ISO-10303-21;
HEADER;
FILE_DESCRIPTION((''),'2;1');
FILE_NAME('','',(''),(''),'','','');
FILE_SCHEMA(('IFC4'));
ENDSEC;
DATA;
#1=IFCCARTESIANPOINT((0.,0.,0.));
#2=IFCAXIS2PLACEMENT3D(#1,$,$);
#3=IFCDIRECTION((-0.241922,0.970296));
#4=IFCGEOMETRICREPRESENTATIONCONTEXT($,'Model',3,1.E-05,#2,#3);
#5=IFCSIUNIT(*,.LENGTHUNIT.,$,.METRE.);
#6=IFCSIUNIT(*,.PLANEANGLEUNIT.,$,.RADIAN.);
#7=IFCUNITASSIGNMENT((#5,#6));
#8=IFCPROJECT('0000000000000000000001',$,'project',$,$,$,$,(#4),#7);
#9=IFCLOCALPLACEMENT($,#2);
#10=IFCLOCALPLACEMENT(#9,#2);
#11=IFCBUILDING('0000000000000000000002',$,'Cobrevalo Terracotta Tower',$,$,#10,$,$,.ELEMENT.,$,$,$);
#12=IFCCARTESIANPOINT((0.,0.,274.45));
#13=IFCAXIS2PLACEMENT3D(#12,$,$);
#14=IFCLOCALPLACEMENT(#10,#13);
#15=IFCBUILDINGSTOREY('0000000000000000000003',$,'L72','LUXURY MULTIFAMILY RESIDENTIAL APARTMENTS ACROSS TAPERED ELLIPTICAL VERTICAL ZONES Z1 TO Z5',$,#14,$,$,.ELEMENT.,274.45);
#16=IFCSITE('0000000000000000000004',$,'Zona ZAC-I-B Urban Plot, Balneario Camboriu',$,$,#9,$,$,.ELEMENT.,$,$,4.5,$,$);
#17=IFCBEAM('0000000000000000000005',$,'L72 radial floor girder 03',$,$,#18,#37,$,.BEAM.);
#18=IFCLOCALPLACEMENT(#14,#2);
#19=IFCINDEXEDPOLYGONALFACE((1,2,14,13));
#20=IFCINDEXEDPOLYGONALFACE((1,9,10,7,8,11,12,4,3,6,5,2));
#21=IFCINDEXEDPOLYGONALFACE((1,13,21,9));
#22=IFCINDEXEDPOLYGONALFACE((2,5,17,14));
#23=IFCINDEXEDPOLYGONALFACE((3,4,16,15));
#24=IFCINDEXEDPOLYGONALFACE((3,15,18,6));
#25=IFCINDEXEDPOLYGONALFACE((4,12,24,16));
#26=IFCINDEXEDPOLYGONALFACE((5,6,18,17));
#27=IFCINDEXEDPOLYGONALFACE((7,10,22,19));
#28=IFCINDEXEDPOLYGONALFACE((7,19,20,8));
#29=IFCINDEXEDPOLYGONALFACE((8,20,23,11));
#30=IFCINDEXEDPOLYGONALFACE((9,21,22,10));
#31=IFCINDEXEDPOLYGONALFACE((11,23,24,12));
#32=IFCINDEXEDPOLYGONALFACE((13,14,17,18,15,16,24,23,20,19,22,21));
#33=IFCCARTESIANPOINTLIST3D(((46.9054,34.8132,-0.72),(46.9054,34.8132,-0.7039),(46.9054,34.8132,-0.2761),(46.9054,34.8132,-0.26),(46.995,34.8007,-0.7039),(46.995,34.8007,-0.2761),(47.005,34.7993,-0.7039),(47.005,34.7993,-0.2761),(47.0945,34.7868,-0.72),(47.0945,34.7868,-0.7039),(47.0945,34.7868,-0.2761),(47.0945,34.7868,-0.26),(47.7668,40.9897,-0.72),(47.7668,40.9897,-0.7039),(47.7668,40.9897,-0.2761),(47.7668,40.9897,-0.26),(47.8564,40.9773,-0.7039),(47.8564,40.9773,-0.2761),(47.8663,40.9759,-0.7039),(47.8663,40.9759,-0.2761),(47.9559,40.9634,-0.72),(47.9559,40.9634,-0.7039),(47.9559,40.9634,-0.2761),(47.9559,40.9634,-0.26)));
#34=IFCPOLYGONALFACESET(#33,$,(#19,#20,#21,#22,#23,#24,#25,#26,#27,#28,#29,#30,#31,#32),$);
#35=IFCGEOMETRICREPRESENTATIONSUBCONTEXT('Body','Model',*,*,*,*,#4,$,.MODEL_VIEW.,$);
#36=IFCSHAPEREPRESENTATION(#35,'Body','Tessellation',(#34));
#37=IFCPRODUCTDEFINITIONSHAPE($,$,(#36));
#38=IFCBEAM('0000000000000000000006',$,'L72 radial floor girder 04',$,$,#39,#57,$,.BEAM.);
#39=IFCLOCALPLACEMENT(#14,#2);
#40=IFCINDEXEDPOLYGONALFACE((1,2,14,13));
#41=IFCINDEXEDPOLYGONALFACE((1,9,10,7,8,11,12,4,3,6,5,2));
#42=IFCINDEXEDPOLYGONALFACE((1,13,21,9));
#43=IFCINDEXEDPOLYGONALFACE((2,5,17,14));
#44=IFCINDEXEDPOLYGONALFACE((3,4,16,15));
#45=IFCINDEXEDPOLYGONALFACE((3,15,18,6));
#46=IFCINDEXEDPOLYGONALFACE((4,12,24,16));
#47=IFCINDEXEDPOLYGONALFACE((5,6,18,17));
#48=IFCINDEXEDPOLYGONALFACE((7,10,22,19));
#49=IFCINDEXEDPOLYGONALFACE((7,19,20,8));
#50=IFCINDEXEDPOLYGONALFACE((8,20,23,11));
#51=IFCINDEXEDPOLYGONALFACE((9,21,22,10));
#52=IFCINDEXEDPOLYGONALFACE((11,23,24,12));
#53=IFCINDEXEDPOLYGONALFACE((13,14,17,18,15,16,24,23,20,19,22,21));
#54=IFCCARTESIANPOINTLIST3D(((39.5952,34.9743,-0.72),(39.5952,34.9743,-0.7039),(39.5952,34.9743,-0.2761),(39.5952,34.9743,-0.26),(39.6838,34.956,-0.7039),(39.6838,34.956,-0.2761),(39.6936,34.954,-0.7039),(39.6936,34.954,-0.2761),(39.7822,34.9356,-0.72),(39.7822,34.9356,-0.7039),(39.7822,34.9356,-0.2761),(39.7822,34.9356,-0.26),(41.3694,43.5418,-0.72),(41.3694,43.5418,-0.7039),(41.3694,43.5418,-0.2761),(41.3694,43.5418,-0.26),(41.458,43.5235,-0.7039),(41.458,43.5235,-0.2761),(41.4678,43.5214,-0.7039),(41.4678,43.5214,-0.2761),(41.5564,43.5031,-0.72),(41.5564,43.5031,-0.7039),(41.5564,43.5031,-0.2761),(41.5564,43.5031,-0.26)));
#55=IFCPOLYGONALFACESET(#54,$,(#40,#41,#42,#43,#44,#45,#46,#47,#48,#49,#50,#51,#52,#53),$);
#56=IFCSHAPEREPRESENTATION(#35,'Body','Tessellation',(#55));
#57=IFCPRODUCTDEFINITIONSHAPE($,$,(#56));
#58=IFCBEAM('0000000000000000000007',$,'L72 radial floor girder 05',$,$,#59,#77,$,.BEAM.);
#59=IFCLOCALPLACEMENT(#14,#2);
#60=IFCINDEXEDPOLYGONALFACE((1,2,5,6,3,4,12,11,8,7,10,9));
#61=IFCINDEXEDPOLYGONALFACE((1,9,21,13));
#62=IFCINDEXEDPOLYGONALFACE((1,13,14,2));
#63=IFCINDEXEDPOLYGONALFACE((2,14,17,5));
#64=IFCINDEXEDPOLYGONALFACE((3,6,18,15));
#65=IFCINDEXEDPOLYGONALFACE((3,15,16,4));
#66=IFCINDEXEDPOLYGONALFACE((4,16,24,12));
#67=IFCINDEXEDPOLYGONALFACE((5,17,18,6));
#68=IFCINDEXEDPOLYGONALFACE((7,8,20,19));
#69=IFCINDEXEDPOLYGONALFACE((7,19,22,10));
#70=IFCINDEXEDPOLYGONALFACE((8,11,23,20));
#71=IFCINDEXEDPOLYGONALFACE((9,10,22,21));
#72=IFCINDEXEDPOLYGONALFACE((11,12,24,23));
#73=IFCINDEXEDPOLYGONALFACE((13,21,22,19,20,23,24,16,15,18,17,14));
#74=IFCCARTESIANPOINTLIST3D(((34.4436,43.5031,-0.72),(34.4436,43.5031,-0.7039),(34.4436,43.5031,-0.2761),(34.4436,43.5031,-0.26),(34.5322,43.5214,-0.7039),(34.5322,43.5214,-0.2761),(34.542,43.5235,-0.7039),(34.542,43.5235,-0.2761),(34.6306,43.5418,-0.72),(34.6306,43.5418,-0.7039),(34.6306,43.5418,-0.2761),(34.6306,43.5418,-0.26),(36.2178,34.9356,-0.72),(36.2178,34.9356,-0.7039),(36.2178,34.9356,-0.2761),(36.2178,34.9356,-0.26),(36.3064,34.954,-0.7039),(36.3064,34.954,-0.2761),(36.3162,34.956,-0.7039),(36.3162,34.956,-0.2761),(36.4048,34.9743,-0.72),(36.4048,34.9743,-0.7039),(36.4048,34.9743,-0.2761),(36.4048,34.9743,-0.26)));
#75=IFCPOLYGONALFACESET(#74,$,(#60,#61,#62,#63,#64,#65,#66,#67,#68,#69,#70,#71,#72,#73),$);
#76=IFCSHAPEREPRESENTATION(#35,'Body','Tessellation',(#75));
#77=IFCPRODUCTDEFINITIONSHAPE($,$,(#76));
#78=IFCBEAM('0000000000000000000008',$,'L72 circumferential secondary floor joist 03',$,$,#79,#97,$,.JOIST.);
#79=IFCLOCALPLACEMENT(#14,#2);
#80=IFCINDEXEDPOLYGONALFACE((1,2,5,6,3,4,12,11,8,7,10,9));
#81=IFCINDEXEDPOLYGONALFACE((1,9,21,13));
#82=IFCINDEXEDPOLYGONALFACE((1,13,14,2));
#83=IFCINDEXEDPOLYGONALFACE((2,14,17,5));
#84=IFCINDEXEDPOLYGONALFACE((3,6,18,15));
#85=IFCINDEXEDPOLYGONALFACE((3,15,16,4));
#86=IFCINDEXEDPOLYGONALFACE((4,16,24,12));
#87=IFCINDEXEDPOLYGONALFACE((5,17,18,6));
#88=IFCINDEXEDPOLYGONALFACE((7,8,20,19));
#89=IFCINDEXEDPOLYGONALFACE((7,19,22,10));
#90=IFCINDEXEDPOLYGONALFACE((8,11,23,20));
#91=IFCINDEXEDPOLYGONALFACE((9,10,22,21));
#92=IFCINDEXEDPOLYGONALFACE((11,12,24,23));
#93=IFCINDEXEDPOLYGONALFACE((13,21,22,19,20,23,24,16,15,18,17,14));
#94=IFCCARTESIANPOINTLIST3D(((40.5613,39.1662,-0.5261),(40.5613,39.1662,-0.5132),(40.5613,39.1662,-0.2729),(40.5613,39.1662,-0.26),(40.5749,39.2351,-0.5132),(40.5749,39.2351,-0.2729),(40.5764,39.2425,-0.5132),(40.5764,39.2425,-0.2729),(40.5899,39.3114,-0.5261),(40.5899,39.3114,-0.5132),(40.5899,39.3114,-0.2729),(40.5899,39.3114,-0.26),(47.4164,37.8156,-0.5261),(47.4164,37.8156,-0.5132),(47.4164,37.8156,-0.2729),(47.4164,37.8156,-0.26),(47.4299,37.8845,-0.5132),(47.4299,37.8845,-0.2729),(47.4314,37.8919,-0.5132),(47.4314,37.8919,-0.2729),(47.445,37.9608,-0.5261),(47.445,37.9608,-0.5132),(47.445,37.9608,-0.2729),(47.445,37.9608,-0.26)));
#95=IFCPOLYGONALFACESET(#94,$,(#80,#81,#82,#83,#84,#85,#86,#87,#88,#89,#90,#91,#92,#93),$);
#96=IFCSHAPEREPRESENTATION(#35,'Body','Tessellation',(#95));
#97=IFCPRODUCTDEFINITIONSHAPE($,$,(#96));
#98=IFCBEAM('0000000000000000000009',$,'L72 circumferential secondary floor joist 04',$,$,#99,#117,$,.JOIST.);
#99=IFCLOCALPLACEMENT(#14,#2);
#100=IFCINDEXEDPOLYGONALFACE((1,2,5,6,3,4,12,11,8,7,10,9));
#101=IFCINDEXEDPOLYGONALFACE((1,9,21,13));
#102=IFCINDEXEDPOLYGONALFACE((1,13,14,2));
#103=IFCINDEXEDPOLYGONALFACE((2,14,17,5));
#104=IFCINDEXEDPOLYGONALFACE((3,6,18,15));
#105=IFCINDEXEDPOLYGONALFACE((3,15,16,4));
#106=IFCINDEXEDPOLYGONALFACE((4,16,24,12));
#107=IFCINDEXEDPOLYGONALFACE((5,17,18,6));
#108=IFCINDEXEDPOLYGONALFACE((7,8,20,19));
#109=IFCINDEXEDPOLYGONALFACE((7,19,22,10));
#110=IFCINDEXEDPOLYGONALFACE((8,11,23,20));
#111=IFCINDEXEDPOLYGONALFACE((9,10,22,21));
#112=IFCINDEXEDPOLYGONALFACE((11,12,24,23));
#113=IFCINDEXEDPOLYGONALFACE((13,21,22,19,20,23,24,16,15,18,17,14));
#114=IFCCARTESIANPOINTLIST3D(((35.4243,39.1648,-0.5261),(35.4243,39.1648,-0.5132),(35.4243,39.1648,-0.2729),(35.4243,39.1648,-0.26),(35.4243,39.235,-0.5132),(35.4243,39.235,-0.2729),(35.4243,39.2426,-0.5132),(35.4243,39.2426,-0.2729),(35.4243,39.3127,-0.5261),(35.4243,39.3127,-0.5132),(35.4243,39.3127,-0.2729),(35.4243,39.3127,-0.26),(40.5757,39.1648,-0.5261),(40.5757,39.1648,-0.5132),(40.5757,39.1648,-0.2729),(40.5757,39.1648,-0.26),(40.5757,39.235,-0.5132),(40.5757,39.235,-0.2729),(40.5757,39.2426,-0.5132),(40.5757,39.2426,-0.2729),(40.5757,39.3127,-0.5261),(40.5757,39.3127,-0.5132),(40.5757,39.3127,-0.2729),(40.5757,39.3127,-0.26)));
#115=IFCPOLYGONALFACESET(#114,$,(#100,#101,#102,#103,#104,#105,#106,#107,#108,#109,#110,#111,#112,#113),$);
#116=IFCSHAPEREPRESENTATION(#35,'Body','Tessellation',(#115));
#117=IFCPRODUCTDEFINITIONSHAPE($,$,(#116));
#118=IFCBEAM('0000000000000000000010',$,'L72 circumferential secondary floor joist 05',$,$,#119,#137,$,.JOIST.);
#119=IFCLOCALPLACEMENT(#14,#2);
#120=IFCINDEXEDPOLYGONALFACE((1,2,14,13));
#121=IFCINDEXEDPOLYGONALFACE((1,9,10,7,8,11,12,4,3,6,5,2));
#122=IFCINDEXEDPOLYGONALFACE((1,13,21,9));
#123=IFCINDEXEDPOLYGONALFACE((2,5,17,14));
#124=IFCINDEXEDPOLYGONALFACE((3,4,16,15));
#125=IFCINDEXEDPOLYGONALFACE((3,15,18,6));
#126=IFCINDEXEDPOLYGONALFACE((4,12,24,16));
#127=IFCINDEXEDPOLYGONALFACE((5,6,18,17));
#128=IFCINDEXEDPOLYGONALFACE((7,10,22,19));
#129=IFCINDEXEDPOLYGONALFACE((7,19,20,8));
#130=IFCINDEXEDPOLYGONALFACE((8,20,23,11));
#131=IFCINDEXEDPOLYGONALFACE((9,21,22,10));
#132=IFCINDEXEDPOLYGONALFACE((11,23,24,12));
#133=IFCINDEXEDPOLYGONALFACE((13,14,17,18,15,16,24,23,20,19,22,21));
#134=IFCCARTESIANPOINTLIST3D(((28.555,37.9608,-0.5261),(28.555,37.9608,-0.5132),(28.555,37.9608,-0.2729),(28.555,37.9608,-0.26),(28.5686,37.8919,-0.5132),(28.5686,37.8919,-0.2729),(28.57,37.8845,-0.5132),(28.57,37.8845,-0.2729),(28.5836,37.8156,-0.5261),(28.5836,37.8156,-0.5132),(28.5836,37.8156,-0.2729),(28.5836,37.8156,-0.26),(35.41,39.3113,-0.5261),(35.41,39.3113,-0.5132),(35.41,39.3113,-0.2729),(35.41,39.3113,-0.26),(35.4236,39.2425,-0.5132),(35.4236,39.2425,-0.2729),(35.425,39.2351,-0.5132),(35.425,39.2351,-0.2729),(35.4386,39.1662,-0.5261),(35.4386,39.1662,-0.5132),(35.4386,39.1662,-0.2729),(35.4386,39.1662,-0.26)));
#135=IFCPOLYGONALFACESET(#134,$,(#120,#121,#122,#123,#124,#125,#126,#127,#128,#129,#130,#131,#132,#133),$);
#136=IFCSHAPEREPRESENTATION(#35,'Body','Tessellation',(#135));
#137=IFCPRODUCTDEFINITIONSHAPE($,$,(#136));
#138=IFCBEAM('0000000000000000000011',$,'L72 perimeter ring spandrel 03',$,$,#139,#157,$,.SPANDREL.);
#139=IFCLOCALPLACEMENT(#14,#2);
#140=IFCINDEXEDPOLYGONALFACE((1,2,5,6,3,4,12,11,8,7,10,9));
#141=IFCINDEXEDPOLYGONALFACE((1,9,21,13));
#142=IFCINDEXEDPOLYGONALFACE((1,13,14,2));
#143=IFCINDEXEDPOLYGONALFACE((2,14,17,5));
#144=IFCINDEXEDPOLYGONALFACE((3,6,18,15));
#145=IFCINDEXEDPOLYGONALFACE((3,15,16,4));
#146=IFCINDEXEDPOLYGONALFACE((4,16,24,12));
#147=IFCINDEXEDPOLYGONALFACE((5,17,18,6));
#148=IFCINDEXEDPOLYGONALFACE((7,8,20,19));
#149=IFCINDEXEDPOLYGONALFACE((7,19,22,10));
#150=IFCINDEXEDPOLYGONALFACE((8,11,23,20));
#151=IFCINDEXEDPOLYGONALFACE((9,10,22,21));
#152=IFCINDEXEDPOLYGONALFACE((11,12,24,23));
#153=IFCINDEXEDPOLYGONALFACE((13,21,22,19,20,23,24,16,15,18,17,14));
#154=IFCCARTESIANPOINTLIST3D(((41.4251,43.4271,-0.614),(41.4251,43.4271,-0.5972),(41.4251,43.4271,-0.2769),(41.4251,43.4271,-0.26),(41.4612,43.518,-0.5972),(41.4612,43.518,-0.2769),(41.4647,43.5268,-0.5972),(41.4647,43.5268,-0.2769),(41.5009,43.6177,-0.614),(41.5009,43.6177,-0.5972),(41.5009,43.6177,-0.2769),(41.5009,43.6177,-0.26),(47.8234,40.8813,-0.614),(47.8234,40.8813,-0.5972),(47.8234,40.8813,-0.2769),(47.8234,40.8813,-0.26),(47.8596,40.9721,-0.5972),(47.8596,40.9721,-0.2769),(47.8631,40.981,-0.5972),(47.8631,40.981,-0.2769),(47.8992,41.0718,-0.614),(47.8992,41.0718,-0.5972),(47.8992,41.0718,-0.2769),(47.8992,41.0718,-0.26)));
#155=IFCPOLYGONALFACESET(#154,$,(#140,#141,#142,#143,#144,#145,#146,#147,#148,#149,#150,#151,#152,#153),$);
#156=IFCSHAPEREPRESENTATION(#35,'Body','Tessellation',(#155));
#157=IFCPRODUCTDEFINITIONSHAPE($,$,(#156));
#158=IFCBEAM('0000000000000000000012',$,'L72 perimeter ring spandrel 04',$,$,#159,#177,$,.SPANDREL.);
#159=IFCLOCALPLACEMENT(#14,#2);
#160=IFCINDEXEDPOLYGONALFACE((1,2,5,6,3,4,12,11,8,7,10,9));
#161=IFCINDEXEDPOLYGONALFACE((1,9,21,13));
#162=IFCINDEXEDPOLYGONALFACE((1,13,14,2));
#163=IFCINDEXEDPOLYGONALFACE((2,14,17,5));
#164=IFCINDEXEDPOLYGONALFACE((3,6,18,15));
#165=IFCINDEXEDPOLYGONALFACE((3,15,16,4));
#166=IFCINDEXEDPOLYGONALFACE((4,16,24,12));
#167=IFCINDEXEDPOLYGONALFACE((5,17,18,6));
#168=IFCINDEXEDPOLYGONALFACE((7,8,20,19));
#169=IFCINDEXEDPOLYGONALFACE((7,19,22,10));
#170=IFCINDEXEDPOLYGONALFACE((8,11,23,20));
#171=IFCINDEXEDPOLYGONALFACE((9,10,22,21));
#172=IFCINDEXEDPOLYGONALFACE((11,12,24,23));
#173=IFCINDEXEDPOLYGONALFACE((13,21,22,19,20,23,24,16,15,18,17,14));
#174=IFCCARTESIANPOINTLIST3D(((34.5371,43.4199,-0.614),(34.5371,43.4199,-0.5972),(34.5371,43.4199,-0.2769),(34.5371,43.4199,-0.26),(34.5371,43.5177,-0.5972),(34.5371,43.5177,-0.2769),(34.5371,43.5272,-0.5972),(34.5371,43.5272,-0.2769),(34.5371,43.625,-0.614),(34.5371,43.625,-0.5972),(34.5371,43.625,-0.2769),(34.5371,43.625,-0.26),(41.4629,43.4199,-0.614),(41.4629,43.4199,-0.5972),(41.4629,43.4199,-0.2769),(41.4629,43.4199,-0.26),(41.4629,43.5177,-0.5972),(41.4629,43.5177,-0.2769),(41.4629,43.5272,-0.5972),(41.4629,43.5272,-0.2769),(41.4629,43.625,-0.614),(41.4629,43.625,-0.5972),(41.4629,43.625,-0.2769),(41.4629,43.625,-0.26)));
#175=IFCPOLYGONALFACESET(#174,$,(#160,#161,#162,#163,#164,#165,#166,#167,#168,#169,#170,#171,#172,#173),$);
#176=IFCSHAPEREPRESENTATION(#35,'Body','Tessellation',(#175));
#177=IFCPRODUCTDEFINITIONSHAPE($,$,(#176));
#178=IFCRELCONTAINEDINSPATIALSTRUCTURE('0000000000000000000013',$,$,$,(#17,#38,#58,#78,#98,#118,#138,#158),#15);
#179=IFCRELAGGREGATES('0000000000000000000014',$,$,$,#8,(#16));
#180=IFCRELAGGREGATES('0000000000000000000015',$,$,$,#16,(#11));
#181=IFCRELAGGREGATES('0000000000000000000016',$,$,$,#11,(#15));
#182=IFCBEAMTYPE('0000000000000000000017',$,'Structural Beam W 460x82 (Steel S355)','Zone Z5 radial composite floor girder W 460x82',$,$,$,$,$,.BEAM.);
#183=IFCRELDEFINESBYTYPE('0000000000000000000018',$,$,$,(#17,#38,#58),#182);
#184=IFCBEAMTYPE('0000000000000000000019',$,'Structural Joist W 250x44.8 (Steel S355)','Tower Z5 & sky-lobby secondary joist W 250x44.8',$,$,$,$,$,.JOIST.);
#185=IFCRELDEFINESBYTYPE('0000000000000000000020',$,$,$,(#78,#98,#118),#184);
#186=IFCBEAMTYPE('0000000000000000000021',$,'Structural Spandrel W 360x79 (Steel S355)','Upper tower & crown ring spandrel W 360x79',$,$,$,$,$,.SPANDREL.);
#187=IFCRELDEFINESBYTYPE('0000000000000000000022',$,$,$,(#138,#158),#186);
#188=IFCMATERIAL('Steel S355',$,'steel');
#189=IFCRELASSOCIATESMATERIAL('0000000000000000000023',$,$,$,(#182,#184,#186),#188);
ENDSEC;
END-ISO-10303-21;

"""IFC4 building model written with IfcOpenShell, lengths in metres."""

from ifc_helpers import new_model, si_unit, direction, frame, origin, origin_2d, place, context, subcontext, project, spatial, i_section, extrude, material, material_profile, profile_set, type_object, element, save


model = new_model("IFC4")

# Units and contexts
model_context = context("Model", 3, precision=1e-05, world=origin(), true_north=direction((-0.241922, 0.970296)))
body_context = subcontext(model_context, "Body", "Model", "MODEL_VIEW")
ifc_project = project(units=[si_unit("LENGTHUNIT", "METRE"), si_unit("PLANEANGLEUNIT", "RADIAN")], contexts=[model_context])

# Site, building, storey
site_placement = place(None, origin())
site = spatial("IfcSite", under=ifc_project, at=site_placement, Name="Zona ZAC-I-B Urban Plot, Balneario Camboriu", CompositionType="ELEMENT", RefElevation=4.5)
building_placement = place(site_placement, origin())
building = spatial("IfcBuilding", under=site, at=building_placement, Name="Cobrevalo Terracotta Tower", CompositionType="ELEMENT")
storey_placement = place(building_placement, frame((0.0, 0.0, 274.45)))
storey = spatial("IfcBuildingStorey", under=building, at=storey_placement, Name="L72", Description="LUXURY MULTIFAMILY RESIDENTIAL APARTMENTS ACROSS TAPERED ELLIPTICAL VERTICAL ZONES Z1 TO Z5", CompositionType="ELEMENT", Elevation=274.45)

# Shared definitions
ifc_material_1 = material(Name="Steel S355", Category="steel")

# Beams
ifc_material_profile_1 = material_profile(ifc_material_1, i_section(OverallWidth=0.1909, OverallDepth=0.46, WebThickness=0.01, FlangeThickness=0.0161, at=origin_2d()), Name="W 460x82")
ifc_profile_set_1 = profile_set([ifc_material_profile_1], Name="Steel S355")
beam_type_1 = type_object("IfcBeamType", Name="Structural Beam W 460x82 (Steel S355)", Description="Zone Z5 radial composite floor girder W 460x82", PredefinedType="BEAM", material=ifc_profile_set_1)
beam_1_placement = place(storey_placement, frame((47.8613, 40.9766, -0.49), z_axis=(-0.138116, -0.990416, 0.0), x_axis=(0.990416, -0.138116, 0.0)))
element("IfcBeam", 1, at=beam_1_placement, inside=storey, type_object=beam_type_1, Name="L72 radial floor girder 03", PredefinedType="BEAM", context=body_context, shape_type="SweptSolid", body=[
    extrude(i_section(OverallWidth=0.1909, OverallDepth=0.46, WebThickness=0.01, FlangeThickness=0.0161, at=origin_2d()), origin(), (0.0, 0.0, 1.0), 6.2363),
])
for number, where, z_axis, x_axis, name in (
    (2, (41.4629, 43.5225, -0.49), (-0.202782, -0.979224, 0.0), (0.979224, -0.202782, 0.0), "L72 radial floor girder 04"),
    (3, (34.5371, 43.5225, -0.49), (0.202782, -0.979224, 0.0), (0.979224, 0.202782, 0.0), "L72 radial floor girder 05"),
):
    element("IfcBeam", number, at=place(storey_placement, frame(where, z_axis=z_axis, x_axis=x_axis)), inside=storey, type_object=beam_type_1, Name=name, PredefinedType="BEAM", context=body_context, shape_type="SweptSolid", body=[
        extrude(i_section(OverallWidth=0.1909, OverallDepth=0.46, WebThickness=0.01, FlangeThickness=0.0161, at=origin_2d()), origin(), (0.0, 0.0, 1.0), 8.7493),
    ])
ifc_material_profile_2 = material_profile(ifc_material_1, i_section(OverallWidth=0.1479, OverallDepth=0.2661, WebThickness=0.0076, FlangeThickness=0.0129, at=origin_2d()), Name="W 250x44.8")
ifc_profile_set_2 = profile_set([ifc_material_profile_2], Name="Steel S355")
beam_type_2 = type_object("IfcBeamType", Name="Structural Joist W 250x44.8 (Steel S355)", Description="Tower Z5 & sky-lobby secondary joist W 250x44.8", PredefinedType="JOIST", material=ifc_profile_set_2)
beam_2_placement = place(storey_placement, frame((47.4307, 37.8882, -0.3931), z_axis=(-0.981138, 0.193306, 0.0), x_axis=(-0.193306, -0.981138, 0.0)))
element("IfcBeam", 4, at=beam_2_placement, inside=storey, type_object=beam_type_2, Name="L72 circumferential secondary floor joist 03", PredefinedType="JOIST", context=body_context, shape_type="SweptSolid", body=[
    extrude(i_section(OverallWidth=0.1479, OverallDepth=0.2661, WebThickness=0.0076, FlangeThickness=0.0129, at=origin_2d()), origin(), (0.0, 0.0, 1.0), 6.9868),
])
beam_3_placement = place(storey_placement, frame((40.5757, 39.2388, -0.3931), z_axis=(-1.0, 0.0, 0.0), x_axis=(0.0, -1.0, 0.0)))
element("IfcBeam", 5, at=beam_3_placement, inside=storey, type_object=beam_type_2, Name="L72 circumferential secondary floor joist 04", PredefinedType="JOIST", context=body_context, shape_type="SweptSolid", body=[
    extrude(i_section(OverallWidth=0.1479, OverallDepth=0.2661, WebThickness=0.0076, FlangeThickness=0.0129, at=origin_2d()), origin(), (0.0, 0.0, 1.0), 5.1514),
])
beam_4_placement = place(storey_placement, frame((35.4243, 39.2388, -0.3931), z_axis=(-0.981138, -0.193306, 0.0), x_axis=(0.193306, -0.981138, 0.0)))
element("IfcBeam", 6, at=beam_4_placement, inside=storey, type_object=beam_type_2, Name="L72 circumferential secondary floor joist 05", PredefinedType="JOIST", context=body_context, shape_type="SweptSolid", body=[
    extrude(i_section(OverallWidth=0.1479, OverallDepth=0.2661, WebThickness=0.0076, FlangeThickness=0.0129, at=origin_2d()), origin(), (0.0, 0.0, 1.0), 6.9868),
])
ifc_material_profile_3 = material_profile(ifc_material_1, i_section(OverallWidth=0.2051, OverallDepth=0.354, WebThickness=0.0095, FlangeThickness=0.0168, at=origin_2d()), Name="W 360x79")
ifc_profile_set_3 = profile_set([ifc_material_profile_3], Name="Steel S355")
beam_type_3 = type_object("IfcBeamType", Name="Structural Spandrel W 360x79 (Steel S355)", Description="Upper tower & crown ring spandrel W 360x79", PredefinedType="SPANDREL", material=ifc_profile_set_3)
beam_5_placement = place(storey_placement, frame((47.8613, 40.9766, -0.437), z_axis=(-0.92915, 0.369703, 0.0), x_axis=(-0.369703, -0.92915, 0.0)))
element("IfcBeam", 7, at=beam_5_placement, inside=storey, type_object=beam_type_3, Name="L72 perimeter ring spandrel 03", PredefinedType="SPANDREL", context=body_context, shape_type="SweptSolid", body=[
    extrude(i_section(OverallWidth=0.2051, OverallDepth=0.354, WebThickness=0.0095, FlangeThickness=0.0168, at=origin_2d()), origin(), (0.0, 0.0, 1.0), 6.8862),
])
beam_6_placement = place(storey_placement, frame((41.4629, 43.5225, -0.437), z_axis=(-1.0, 0.0, 0.0), x_axis=(0.0, -1.0, 0.0)))
element("IfcBeam", 8, at=beam_6_placement, inside=storey, type_object=beam_type_3, Name="L72 perimeter ring spandrel 04", PredefinedType="SPANDREL", context=body_context, shape_type="SweptSolid", body=[
    extrude(i_section(OverallWidth=0.2051, OverallDepth=0.354, WebThickness=0.0095, FlangeThickness=0.0168, at=origin_2d()), origin(), (0.0, 0.0, 1.0), 6.9258),
])

save(model, "model.ifc")
